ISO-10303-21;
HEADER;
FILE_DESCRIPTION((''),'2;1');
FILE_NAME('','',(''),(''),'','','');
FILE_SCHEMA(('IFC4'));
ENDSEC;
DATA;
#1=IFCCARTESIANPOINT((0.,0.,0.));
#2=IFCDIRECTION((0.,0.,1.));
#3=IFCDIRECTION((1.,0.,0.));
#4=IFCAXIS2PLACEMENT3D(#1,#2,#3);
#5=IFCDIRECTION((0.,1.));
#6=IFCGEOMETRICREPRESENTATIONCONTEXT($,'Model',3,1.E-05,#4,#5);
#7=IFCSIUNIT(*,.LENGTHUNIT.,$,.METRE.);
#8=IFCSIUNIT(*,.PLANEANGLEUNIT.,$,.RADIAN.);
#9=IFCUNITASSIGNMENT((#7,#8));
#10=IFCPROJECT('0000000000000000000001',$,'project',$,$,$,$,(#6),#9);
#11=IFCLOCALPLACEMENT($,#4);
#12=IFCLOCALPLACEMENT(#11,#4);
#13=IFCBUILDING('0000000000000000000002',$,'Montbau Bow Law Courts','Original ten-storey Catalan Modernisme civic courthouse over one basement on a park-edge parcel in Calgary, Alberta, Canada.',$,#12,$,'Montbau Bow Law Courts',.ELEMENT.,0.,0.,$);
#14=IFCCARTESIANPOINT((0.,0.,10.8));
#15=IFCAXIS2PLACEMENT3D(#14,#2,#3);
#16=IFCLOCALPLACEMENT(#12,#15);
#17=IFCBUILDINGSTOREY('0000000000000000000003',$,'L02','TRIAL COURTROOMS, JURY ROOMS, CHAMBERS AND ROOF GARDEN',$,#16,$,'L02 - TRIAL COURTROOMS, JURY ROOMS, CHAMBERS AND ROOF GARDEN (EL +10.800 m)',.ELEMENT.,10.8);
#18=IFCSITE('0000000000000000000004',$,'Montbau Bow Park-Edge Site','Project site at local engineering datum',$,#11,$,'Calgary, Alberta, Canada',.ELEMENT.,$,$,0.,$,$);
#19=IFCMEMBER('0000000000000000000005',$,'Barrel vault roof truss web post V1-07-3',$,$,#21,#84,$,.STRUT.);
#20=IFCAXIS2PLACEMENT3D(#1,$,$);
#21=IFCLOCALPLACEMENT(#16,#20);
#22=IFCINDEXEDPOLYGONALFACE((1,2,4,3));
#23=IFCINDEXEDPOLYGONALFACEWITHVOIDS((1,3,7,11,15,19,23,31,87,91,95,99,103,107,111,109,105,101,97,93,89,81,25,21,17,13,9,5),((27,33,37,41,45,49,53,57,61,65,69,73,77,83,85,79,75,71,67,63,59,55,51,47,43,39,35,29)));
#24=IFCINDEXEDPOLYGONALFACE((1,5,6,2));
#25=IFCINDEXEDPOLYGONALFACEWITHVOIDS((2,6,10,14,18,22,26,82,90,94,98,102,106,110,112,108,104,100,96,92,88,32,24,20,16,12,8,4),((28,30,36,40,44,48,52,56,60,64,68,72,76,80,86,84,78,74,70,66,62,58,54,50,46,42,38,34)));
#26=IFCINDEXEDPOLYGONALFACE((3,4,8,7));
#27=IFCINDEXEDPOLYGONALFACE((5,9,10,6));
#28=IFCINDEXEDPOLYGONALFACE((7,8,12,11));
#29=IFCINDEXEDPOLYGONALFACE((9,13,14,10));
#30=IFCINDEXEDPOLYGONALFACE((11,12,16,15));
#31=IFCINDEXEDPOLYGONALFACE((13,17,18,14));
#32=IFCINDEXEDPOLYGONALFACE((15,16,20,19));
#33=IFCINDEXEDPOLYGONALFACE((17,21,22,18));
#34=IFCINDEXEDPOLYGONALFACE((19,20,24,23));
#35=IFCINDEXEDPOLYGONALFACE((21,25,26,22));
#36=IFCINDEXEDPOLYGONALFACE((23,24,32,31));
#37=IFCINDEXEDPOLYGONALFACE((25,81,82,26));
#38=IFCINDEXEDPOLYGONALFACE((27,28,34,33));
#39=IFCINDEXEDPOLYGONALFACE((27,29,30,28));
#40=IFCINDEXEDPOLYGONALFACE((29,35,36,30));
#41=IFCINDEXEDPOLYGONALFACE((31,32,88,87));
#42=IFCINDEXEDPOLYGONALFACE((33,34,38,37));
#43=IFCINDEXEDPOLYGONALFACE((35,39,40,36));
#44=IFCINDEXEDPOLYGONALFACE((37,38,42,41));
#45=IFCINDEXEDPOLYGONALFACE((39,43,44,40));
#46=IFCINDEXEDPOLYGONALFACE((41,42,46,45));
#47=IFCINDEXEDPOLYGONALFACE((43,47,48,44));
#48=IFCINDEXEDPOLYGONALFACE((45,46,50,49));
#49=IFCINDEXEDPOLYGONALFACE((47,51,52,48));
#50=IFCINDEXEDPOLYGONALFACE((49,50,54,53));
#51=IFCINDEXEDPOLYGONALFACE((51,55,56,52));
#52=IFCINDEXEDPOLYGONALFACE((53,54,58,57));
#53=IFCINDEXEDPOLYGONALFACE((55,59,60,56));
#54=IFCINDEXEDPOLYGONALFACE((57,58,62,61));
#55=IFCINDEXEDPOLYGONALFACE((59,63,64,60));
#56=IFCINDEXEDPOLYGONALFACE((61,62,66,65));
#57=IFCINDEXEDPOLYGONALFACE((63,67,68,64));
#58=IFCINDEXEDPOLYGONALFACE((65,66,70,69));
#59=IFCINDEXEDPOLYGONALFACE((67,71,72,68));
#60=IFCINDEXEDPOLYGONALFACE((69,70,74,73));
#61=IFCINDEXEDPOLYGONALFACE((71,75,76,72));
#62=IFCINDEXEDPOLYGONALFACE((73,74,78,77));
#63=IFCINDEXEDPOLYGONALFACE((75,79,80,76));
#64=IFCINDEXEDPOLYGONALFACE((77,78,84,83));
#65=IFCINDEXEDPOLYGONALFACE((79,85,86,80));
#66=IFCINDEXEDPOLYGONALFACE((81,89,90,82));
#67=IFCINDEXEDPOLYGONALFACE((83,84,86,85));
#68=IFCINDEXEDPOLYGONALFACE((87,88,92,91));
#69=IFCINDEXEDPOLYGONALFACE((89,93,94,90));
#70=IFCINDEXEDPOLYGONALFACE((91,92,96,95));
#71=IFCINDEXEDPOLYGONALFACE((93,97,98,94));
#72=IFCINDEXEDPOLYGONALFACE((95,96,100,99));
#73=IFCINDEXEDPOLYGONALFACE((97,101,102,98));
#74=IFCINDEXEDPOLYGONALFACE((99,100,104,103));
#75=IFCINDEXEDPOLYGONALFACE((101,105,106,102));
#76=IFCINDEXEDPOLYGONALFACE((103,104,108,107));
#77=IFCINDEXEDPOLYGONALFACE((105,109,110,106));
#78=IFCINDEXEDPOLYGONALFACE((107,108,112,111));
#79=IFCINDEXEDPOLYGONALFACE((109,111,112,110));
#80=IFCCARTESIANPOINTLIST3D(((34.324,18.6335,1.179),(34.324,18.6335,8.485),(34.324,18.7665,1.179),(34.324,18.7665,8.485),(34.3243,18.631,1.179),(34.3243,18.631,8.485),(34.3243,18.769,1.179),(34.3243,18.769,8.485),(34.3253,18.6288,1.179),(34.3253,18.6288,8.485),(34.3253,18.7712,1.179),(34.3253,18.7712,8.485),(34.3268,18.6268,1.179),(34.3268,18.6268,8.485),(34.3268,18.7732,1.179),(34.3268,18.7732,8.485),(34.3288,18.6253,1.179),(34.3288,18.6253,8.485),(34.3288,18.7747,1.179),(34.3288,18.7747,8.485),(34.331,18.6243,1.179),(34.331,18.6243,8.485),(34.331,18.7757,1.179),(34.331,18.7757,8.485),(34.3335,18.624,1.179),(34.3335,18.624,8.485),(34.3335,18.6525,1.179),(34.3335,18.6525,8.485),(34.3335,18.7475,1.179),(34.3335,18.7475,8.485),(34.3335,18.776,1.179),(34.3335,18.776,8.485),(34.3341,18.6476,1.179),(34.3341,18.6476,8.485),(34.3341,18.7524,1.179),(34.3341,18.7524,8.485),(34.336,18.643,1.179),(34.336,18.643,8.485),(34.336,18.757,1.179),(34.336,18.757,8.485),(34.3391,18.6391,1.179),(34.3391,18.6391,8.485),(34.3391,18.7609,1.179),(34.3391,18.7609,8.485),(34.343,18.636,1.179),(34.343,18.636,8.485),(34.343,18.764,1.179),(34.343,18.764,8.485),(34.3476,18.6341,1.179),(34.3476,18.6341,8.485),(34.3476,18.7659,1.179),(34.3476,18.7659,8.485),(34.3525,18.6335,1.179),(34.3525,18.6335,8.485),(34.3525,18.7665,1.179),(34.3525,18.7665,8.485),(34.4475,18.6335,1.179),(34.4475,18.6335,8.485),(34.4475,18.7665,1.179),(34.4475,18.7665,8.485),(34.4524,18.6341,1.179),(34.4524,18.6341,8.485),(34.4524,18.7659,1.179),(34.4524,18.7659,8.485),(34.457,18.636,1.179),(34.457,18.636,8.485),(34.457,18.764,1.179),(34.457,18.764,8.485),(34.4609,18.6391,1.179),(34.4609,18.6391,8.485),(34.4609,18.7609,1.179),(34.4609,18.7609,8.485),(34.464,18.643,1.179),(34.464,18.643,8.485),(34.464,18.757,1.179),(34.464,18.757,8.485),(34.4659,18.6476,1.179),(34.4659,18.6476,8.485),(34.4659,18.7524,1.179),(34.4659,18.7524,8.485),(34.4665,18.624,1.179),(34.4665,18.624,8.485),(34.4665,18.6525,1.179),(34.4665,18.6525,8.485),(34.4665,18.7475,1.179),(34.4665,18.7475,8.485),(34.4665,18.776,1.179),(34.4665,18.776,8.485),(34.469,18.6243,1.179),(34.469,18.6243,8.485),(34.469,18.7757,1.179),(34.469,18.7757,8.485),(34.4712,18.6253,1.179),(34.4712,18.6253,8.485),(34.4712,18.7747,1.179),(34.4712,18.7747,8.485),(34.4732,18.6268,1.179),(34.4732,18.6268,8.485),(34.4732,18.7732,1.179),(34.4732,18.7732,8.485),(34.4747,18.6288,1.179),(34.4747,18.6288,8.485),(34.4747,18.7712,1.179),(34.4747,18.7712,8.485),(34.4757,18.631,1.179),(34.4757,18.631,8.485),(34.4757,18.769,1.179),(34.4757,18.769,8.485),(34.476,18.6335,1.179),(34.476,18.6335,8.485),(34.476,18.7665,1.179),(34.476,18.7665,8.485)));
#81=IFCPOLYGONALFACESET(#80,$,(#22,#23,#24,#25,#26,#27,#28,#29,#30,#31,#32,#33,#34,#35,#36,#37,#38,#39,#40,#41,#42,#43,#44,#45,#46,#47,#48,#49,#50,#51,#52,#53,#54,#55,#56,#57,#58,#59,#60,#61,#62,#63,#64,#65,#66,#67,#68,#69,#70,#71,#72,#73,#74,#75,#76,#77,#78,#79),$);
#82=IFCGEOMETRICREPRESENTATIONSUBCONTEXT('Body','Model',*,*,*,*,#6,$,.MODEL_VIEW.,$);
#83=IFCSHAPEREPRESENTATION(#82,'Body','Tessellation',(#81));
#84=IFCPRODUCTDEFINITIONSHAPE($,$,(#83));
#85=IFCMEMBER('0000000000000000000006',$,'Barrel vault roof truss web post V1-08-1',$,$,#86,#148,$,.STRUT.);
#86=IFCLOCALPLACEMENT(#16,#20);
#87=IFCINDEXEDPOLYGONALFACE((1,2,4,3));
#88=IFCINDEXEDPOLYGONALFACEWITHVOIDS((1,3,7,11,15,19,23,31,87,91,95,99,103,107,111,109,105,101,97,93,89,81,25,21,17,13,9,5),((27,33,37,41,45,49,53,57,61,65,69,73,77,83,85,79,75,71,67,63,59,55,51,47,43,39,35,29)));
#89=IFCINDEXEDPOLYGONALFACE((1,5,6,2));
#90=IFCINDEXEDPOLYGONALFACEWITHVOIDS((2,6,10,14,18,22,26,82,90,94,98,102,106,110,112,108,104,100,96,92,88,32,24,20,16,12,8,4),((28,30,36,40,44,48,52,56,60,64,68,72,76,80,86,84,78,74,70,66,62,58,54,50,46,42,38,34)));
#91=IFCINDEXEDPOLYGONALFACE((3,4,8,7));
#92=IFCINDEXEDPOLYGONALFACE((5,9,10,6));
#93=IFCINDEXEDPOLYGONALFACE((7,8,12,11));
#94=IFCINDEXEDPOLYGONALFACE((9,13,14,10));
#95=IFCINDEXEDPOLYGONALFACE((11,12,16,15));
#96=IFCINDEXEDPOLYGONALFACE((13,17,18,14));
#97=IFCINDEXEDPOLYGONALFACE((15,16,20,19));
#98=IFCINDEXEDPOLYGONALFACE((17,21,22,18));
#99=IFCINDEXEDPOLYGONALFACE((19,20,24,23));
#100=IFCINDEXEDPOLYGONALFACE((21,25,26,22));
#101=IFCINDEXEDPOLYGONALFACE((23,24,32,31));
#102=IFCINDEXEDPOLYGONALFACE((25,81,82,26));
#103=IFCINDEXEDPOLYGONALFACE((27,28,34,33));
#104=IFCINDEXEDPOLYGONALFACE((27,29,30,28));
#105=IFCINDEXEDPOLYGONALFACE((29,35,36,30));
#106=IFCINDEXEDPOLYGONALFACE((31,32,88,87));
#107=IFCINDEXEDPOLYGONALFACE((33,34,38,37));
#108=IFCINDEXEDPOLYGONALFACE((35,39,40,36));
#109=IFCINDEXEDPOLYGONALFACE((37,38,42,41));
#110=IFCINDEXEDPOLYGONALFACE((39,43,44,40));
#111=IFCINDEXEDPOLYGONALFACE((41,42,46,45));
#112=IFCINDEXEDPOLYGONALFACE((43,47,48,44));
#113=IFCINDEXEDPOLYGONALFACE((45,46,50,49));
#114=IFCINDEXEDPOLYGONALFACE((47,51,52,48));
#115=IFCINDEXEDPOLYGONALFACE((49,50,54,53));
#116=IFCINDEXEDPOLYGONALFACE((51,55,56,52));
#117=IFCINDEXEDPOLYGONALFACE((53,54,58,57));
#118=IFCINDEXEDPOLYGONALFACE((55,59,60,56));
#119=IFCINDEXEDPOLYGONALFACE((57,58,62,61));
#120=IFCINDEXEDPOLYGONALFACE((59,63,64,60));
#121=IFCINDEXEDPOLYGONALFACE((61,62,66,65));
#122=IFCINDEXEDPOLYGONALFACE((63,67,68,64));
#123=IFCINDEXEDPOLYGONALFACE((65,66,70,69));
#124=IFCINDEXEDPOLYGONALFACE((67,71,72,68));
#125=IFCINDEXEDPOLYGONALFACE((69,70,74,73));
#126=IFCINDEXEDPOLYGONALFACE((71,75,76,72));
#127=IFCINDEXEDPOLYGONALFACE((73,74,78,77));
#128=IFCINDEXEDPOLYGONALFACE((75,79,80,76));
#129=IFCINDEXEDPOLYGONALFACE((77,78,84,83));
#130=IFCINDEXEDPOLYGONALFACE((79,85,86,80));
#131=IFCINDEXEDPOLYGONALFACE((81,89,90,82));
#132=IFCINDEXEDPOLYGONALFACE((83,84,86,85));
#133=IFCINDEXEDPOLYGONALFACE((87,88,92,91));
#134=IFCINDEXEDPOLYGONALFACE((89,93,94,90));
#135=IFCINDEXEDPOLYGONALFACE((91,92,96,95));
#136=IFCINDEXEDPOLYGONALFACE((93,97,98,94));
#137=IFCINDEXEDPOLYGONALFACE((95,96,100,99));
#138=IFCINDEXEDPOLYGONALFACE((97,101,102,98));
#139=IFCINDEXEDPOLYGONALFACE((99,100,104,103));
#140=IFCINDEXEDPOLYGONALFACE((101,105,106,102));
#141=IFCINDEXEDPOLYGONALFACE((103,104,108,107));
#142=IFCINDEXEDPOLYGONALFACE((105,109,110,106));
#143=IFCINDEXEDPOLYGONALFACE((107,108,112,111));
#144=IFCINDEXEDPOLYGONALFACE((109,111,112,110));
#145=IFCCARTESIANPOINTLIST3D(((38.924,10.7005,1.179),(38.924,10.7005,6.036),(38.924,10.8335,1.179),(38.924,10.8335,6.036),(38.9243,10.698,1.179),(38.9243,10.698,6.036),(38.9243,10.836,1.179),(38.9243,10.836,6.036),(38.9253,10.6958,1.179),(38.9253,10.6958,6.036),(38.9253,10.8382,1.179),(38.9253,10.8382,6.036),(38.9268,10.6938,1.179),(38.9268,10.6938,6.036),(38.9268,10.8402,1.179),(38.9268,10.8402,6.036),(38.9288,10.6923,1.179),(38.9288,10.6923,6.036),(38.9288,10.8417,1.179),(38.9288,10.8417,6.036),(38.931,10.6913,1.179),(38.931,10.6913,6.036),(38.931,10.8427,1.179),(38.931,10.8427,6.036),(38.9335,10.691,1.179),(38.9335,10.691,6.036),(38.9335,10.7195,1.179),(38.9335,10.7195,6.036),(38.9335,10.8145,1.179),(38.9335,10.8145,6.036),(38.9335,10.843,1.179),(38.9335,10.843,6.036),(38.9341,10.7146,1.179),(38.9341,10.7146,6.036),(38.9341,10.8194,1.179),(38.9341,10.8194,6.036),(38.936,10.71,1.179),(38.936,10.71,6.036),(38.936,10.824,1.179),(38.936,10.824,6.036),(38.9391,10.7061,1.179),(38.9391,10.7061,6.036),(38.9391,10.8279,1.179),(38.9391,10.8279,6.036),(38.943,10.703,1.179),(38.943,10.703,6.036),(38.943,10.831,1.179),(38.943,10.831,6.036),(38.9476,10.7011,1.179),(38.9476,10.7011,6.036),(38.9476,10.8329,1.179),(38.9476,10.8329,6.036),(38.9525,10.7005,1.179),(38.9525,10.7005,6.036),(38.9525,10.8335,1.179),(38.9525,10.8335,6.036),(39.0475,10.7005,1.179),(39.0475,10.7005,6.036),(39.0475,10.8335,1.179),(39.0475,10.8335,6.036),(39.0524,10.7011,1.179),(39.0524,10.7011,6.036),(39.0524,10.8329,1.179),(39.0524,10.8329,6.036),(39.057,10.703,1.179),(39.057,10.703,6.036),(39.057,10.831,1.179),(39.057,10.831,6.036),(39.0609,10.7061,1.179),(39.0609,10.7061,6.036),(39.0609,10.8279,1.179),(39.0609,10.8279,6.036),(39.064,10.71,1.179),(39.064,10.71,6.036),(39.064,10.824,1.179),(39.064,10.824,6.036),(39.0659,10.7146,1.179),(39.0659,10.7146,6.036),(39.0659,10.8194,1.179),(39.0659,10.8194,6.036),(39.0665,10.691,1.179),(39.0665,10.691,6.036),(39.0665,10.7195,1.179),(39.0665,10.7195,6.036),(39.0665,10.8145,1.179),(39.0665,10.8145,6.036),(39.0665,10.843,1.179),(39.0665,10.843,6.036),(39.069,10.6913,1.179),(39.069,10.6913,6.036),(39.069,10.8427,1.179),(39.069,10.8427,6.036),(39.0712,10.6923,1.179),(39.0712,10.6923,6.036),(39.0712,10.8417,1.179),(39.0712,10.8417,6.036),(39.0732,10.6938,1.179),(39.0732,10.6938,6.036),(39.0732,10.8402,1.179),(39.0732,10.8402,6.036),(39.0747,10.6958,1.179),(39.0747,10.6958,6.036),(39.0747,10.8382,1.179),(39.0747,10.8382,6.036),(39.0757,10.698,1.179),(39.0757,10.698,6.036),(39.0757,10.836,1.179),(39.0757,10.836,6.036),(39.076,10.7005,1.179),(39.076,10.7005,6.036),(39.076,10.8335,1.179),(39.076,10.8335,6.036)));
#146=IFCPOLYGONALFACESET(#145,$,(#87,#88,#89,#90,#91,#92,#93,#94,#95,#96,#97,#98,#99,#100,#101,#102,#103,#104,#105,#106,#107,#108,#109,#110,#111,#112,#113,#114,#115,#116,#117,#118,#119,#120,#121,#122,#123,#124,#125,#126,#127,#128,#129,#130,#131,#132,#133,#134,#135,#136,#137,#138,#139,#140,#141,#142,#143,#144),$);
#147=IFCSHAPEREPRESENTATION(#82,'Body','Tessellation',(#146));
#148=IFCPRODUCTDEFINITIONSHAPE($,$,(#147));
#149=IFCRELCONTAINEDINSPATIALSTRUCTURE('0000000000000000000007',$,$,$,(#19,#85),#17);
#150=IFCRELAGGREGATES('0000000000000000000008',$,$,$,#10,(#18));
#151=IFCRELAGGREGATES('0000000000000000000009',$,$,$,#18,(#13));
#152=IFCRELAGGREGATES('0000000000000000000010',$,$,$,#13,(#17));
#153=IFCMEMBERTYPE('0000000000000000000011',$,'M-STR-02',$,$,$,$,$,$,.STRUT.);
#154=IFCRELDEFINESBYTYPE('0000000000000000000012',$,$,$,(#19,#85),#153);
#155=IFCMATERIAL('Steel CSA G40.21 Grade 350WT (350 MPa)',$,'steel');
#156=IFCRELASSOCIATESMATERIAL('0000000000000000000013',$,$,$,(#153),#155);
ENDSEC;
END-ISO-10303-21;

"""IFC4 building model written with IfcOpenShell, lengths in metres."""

from ifc_helpers import new_model, si_unit, direction, frame, origin_with_axes, origin_2d_with_axis, place, context, subcontext, project, spatial, hollow_rectangle, extrude, material, material_profile, profile_set, type_object, element, save


model = new_model("IFC4")

# Units and contexts
model_context = context("Model", 3, precision=1e-05, world=origin_with_axes(), true_north=direction((0.0, 1.0)))
body_context = subcontext(model_context, "Body", "Model", "MODEL_VIEW")
ifc_project = project(units=[si_unit("LENGTHUNIT", "METRE"), si_unit("PLANEANGLEUNIT", "RADIAN")], contexts=[model_context])

# Site, building, storey
site_placement = place(None, origin_with_axes())
site = spatial("IfcSite", under=ifc_project, at=site_placement, Name="Montbau Bow Park-Edge Site", Description="Project site at local engineering datum", LongName="Calgary, Alberta, Canada", CompositionType="ELEMENT", RefElevation=0.0)
building_placement = place(site_placement, origin_with_axes())
building = spatial("IfcBuilding", under=site, at=building_placement, Name="Montbau Bow Law Courts", Description="Original ten-storey Catalan Modernisme civic courthouse over one basement on a park-edge parcel in Calgary, Alberta, Canada.", LongName="Montbau Bow Law Courts", CompositionType="ELEMENT", ElevationOfRefHeight=0.0, ElevationOfTerrain=0.0)
storey_placement = place(building_placement, frame((0.0, 0.0, 10.8), z_axis=(0.0, 0.0, 1.0), x_axis=(1.0, 0.0, 0.0)))
storey = spatial("IfcBuildingStorey", under=building, at=storey_placement, Name="L02", Description="TRIAL COURTROOMS, JURY ROOMS, CHAMBERS AND ROOF GARDEN", LongName="L02 - TRIAL COURTROOMS, JURY ROOMS, CHAMBERS AND ROOF GARDEN (EL +10.800 m)", CompositionType="ELEMENT", Elevation=10.8)

# Shared definitions
ifc_material_1 = material(Name="Steel CSA G40.21 Grade 350WT (350 MPa)", Category="steel")

# Members
ifc_material_profile_1 = material_profile(ifc_material_1, hollow_rectangle(XDim=0.152, YDim=0.152, WallThickness=0.0095, InnerFilletRadius=0.019, OuterFilletRadius=0.0095, at=origin_2d_with_axis()), Name="HSS152X152X9.5", Category="Main", Priority=0)
ifc_profile_set_1 = profile_set([ifc_material_profile_1], Name="Steel CSA G40.21 Grade 350WT (350 MPa)")
member_type_1 = type_object("IfcMemberType", Name="M-STR-02", PredefinedType="STRUT", material=ifc_profile_set_1)
member_1_placement = place(None, frame((34.4, 18.7, 11.979), z_axis=(0.0, 0.0, 1.0), x_axis=(1.0, 0.0, 0.0)))
element("IfcMember", 1, at=member_1_placement, inside=storey, type_object=member_type_1, Name="Barrel vault roof truss web post V1-07-3", PredefinedType="STRUT", context=body_context, shape_type="SweptSolid", body=[
    extrude(hollow_rectangle(XDim=0.152, YDim=0.152, WallThickness=0.0095, InnerFilletRadius=0.019, OuterFilletRadius=0.0095, at=origin_2d_with_axis()), origin_with_axes(), (0.0, 0.0, 1.0), 7.306),
])
member_2_placement = place(None, frame((39.0, 10.767, 11.979), z_axis=(0.0, 0.0, 1.0), x_axis=(1.0, 0.0, 0.0)))
element("IfcMember", 2, at=member_2_placement, inside=storey, type_object=member_type_1, Name="Barrel vault roof truss web post V1-08-1", PredefinedType="STRUT", context=body_context, shape_type="SweptSolid", body=[
    extrude(hollow_rectangle(XDim=0.152, YDim=0.152, WallThickness=0.0095, InnerFilletRadius=0.019, OuterFilletRadius=0.0095, at=origin_2d_with_axis()), origin_with_axes(), (0.0, 0.0, 1.0), 4.857),
])

save(model, "model.ifc")
